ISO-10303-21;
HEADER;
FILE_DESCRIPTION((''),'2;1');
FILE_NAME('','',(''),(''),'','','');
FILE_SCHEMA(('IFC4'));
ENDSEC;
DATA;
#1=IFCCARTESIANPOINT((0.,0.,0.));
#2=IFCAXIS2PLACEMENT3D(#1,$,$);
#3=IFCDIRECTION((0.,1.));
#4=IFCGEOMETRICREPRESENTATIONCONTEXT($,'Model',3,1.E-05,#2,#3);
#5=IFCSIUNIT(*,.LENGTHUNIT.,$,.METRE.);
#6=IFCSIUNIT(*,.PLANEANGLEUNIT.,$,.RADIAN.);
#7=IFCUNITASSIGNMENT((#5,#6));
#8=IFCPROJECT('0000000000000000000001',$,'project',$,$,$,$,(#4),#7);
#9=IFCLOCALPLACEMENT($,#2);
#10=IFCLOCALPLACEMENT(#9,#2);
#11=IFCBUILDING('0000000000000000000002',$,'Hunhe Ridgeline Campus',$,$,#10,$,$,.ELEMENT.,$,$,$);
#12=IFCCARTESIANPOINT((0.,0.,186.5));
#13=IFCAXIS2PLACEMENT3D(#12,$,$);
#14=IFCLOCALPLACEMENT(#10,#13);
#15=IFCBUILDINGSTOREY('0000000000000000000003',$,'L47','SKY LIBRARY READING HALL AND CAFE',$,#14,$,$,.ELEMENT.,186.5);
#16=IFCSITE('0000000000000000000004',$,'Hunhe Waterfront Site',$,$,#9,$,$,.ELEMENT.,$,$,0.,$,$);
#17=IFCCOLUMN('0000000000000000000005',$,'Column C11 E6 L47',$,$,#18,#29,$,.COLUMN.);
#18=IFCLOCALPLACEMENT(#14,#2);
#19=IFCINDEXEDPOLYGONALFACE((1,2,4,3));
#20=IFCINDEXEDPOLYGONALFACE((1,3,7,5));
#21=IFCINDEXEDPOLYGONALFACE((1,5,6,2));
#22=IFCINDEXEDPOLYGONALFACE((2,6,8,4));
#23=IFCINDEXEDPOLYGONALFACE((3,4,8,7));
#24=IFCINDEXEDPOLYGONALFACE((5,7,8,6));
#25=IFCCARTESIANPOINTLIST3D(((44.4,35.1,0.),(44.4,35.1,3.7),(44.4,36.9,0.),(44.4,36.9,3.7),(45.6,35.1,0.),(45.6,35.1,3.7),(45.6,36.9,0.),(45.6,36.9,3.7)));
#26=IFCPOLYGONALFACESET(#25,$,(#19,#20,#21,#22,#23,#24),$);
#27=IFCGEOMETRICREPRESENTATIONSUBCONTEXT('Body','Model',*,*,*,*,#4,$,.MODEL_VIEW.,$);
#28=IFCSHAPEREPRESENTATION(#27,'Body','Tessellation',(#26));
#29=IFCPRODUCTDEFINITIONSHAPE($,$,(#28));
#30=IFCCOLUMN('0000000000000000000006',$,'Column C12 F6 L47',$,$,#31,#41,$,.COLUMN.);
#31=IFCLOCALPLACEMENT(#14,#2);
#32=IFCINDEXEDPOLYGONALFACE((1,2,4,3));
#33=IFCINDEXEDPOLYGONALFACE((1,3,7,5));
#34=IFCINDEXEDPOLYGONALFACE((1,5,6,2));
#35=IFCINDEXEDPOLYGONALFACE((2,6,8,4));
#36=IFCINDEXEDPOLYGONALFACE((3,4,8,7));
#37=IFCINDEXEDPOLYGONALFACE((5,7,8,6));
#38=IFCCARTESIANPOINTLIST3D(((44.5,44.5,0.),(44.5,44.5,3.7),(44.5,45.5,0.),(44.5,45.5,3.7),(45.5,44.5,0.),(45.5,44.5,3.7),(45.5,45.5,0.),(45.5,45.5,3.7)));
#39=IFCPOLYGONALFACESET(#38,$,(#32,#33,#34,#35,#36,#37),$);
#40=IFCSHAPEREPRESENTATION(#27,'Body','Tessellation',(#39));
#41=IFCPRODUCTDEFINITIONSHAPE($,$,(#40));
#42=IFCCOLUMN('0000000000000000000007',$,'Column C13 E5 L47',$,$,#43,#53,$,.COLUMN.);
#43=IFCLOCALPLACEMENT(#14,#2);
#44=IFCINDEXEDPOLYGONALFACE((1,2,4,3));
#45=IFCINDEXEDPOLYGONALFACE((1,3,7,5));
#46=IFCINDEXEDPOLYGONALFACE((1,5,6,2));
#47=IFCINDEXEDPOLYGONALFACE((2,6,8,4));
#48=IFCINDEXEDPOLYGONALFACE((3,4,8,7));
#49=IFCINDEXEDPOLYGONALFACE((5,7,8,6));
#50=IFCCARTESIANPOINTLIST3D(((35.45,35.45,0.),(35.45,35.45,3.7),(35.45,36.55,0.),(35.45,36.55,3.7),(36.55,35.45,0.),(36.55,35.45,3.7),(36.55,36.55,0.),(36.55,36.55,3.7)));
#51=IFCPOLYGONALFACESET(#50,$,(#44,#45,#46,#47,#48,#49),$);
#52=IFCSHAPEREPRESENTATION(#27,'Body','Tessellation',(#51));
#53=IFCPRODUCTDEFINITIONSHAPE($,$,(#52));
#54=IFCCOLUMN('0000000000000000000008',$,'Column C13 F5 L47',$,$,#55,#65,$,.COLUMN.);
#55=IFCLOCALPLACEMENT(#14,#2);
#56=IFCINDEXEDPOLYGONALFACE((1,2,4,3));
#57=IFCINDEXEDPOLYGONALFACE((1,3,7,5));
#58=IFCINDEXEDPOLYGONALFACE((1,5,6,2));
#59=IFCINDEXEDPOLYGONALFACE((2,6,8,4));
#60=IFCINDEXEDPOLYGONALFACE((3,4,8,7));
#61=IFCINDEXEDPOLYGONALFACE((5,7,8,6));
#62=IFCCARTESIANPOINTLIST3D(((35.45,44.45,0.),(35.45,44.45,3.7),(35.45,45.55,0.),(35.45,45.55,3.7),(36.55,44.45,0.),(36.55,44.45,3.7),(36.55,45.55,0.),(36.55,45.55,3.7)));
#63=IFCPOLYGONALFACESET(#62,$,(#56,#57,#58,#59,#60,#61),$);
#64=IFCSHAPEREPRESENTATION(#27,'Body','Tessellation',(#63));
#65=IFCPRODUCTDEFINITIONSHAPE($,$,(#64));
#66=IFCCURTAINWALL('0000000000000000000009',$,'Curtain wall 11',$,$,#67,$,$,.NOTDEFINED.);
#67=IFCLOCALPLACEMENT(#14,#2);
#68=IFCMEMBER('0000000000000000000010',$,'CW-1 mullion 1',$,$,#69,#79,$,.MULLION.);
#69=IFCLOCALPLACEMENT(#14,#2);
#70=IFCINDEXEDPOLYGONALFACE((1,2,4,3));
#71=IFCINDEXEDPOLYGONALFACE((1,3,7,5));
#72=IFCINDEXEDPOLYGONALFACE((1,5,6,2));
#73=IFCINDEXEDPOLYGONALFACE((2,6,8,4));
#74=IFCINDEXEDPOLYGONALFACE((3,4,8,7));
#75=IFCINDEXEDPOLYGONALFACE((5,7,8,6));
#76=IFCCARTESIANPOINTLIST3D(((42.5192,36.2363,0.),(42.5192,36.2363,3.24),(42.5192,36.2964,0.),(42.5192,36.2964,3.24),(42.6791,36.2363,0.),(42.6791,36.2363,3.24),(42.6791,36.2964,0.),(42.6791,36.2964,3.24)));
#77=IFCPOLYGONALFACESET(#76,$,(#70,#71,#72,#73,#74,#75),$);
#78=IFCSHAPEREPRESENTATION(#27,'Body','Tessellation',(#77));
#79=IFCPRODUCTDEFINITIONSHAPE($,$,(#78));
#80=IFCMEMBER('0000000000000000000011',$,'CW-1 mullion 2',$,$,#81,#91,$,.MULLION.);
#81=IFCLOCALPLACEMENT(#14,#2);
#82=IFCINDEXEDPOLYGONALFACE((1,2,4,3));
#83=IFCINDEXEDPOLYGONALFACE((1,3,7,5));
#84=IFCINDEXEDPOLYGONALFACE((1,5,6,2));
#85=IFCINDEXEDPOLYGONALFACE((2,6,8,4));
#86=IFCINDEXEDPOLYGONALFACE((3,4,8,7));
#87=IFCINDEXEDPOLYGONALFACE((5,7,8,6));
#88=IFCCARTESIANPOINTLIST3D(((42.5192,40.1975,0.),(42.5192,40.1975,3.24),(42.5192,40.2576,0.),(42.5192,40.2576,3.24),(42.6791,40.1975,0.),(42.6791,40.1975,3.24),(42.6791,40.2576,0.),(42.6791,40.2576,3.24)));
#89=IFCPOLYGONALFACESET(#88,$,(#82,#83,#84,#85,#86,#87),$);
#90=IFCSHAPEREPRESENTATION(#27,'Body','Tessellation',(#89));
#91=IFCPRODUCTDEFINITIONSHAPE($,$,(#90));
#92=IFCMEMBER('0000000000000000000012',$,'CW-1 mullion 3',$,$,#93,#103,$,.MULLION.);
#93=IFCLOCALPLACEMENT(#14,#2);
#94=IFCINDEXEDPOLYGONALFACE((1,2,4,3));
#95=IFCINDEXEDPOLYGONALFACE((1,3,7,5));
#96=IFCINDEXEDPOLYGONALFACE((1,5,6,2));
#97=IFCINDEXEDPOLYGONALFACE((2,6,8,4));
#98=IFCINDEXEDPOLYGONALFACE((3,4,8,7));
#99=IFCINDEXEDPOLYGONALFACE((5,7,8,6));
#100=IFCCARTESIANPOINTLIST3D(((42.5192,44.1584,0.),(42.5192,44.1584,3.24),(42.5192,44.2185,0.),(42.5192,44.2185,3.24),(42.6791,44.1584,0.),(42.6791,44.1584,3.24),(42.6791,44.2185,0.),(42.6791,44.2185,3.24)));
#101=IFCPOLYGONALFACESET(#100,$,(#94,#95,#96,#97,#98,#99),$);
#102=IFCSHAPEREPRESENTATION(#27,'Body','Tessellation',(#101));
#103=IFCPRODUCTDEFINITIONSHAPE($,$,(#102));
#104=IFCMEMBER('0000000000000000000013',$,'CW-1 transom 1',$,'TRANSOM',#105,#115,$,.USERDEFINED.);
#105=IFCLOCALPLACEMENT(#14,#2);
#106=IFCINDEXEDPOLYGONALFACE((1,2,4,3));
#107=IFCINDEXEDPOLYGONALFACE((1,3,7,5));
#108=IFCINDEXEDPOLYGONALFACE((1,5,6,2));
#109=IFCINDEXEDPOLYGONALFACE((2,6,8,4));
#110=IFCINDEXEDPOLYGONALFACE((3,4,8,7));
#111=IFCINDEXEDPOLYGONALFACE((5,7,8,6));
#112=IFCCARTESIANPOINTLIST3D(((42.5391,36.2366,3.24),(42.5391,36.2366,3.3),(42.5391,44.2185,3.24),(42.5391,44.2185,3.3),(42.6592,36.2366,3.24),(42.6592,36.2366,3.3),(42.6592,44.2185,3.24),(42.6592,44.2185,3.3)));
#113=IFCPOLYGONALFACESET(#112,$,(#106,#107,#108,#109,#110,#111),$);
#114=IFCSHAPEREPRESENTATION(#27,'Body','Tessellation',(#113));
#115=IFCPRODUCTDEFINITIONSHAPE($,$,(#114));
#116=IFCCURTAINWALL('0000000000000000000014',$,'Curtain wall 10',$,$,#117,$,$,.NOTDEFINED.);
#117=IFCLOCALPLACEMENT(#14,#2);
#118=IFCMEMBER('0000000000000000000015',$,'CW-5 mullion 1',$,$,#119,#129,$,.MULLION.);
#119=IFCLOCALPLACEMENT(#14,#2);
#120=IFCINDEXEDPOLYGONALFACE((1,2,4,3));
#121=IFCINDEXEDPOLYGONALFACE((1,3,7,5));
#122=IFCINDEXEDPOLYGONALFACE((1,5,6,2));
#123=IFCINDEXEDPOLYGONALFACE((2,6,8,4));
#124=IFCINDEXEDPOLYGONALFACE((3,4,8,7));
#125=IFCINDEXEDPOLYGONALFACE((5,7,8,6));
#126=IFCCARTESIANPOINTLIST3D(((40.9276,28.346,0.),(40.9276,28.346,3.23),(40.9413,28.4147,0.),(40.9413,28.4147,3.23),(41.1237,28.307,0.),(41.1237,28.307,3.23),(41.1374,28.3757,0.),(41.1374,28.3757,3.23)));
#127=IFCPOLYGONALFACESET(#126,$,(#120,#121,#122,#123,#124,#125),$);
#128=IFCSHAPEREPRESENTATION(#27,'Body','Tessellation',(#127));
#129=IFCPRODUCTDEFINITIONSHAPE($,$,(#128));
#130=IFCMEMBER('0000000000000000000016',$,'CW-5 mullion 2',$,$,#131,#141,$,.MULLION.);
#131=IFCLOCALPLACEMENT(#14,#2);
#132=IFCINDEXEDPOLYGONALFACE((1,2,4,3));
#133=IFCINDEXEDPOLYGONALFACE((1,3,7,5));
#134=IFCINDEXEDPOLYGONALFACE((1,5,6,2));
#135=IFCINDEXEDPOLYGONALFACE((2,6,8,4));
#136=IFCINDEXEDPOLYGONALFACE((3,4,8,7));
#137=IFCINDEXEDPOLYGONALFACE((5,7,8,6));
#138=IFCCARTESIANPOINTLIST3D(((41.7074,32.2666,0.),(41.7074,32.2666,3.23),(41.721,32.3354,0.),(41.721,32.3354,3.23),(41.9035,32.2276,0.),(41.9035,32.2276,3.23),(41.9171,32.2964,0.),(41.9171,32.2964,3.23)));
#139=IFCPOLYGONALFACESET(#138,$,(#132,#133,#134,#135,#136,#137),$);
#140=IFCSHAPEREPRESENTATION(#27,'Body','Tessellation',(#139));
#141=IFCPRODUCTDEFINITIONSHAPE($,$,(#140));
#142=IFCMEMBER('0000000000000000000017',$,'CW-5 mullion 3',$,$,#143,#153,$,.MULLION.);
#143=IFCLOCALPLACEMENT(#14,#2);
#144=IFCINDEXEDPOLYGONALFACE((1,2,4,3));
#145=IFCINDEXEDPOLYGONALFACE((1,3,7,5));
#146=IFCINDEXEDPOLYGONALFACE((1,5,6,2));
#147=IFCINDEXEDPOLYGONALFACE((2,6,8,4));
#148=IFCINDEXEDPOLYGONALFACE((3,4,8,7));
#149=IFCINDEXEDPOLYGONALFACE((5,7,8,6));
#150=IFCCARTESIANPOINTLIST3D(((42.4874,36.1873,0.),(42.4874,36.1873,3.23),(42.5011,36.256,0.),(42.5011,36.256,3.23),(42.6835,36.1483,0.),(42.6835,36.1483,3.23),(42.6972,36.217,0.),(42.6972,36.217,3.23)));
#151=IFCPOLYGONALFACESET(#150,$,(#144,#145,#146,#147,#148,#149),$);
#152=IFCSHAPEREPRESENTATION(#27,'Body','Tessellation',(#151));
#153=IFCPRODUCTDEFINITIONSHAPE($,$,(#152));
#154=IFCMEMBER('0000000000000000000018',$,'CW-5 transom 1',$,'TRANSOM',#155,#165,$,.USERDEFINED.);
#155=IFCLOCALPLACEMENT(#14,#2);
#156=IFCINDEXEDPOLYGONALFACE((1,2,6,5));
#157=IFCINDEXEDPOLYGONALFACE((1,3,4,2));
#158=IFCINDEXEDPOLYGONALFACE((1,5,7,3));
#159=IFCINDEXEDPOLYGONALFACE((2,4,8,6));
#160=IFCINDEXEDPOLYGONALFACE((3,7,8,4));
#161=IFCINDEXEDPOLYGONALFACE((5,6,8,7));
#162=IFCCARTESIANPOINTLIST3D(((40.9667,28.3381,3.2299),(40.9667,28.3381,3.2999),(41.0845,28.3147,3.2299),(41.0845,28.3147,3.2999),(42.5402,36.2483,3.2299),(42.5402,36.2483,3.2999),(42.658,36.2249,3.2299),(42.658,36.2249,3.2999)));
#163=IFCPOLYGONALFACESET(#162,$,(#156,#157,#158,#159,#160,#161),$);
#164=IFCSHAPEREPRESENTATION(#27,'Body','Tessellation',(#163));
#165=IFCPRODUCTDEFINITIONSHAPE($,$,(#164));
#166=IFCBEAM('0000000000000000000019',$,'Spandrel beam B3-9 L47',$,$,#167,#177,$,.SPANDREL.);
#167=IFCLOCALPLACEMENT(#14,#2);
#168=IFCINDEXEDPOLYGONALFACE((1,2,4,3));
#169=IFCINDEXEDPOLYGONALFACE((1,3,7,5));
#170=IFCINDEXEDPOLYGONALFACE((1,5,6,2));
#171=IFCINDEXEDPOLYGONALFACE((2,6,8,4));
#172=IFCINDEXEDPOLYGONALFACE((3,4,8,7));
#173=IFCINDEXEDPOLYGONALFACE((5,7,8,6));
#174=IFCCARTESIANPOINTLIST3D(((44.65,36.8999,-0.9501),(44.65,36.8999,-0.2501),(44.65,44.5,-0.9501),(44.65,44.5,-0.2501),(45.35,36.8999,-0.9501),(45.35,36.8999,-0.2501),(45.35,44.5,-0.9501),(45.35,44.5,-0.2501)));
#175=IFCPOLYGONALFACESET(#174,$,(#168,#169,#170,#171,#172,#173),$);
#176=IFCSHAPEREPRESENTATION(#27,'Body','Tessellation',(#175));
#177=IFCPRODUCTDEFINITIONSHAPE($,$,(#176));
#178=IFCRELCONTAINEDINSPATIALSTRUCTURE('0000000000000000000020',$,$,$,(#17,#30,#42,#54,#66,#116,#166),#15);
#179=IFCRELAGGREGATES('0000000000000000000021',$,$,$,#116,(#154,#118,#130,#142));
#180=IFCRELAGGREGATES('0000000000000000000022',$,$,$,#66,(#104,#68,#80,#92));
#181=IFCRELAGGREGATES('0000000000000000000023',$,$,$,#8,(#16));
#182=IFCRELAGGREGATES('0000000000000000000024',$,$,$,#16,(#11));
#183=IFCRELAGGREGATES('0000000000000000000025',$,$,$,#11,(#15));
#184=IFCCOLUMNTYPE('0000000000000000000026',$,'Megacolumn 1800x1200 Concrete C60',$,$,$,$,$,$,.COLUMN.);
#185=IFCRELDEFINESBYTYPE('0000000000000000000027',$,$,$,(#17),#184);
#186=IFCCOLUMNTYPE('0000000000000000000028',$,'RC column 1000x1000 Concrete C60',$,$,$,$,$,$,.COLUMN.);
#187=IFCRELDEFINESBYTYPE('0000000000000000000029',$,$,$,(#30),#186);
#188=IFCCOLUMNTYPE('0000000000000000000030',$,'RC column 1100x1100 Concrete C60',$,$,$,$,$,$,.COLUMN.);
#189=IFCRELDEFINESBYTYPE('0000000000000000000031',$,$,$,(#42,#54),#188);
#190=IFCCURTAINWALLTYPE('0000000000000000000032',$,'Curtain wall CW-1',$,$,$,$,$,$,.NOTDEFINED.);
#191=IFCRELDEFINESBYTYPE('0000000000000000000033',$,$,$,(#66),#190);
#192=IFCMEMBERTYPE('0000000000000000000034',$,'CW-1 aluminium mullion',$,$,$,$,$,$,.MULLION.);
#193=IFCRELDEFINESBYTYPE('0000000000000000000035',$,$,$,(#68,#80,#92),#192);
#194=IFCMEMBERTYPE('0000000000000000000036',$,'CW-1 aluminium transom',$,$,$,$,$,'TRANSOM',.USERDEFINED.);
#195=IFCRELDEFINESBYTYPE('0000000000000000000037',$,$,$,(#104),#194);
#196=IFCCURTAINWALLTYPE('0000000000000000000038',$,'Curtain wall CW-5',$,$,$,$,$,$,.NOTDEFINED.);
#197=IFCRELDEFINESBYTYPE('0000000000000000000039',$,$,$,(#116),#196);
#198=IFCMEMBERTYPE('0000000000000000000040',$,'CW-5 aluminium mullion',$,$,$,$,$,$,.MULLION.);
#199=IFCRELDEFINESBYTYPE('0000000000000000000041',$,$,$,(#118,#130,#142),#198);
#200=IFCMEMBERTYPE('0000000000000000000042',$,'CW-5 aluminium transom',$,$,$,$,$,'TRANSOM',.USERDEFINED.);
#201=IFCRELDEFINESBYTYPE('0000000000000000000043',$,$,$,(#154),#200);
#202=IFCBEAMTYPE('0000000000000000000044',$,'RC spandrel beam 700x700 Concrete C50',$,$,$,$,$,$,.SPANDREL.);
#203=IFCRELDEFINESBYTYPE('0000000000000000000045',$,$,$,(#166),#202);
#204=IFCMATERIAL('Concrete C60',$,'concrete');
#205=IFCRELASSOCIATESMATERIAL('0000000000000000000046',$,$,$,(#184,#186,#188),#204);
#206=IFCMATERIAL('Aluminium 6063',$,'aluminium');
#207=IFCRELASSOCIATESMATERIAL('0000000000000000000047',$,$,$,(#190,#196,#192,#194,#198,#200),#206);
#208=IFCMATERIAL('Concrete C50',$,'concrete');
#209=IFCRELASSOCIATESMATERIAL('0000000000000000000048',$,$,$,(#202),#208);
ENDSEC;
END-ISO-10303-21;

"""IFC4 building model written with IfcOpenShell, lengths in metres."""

from ifc_helpers import new_model, si_unit, direction, frame, origin, origin_2d, place, context, subcontext, project, spatial, rectangle, extrude, material, material_profile, profile_set, type_object, element, aggregate, save


model = new_model("IFC4")

# Units and contexts
model_context = context("Model", 3, precision=1e-05, world=origin(), true_north=direction((0.0, 1.0)))
body_context = subcontext(model_context, "Body", "Model", "MODEL_VIEW")
ifc_project = project(units=[si_unit("LENGTHUNIT", "METRE"), si_unit("PLANEANGLEUNIT", "RADIAN")], contexts=[model_context])

# Site, building, storey
site_placement = place(None, origin())
site = spatial("IfcSite", under=ifc_project, at=site_placement, Name="Hunhe Waterfront Site", CompositionType="ELEMENT", RefElevation=0.0)
building_placement = place(site_placement, origin())
building = spatial("IfcBuilding", under=site, at=building_placement, Name="Hunhe Ridgeline Campus", CompositionType="ELEMENT")
storey_placement = place(building_placement, frame((0.0, 0.0, 186.5)))
storey = spatial("IfcBuildingStorey", under=building, at=storey_placement, Name="L47", Description="SKY LIBRARY READING HALL AND CAFE", CompositionType="ELEMENT", Elevation=186.5)

# Columns
ifc_material_1 = material(Name="Concrete C60", Category="concrete")
ifc_material_profile_1 = material_profile(ifc_material_1, rectangle(XDim=1.8, YDim=1.2, at=origin_2d()))
ifc_profile_set_1 = profile_set([ifc_material_profile_1], Name="Concrete C60")
column_type_1 = type_object("IfcColumnType", Name="Megacolumn 1800x1200 Concrete C60", PredefinedType="COLUMN", material=ifc_profile_set_1)
column_1_placement = place(storey_placement, frame((45.0, 36.0, 0.0), z_axis=(0.0, 0.0, 1.0), x_axis=(0.0, 1.0, 0.0)))
element("IfcColumn", 1, at=column_1_placement, inside=storey, type_object=column_type_1, Name="Column C11 E6 L47", PredefinedType="COLUMN", context=body_context, shape_type="SweptSolid", body=[
    extrude(rectangle(XDim=1.8, YDim=1.2, at=origin_2d()), origin(), (0.0, 0.0, 1.0), 3.7),
])
ifc_material_profile_2 = material_profile(ifc_material_1, rectangle(XDim=1.0, YDim=1.0, at=origin_2d()))
ifc_profile_set_2 = profile_set([ifc_material_profile_2], Name="Concrete C60")
column_type_2 = type_object("IfcColumnType", Name="RC column 1000x1000 Concrete C60", PredefinedType="COLUMN", material=ifc_profile_set_2)
column_2_placement = place(storey_placement, frame((45.0, 45.0, 0.0), z_axis=(0.0, 0.0, 1.0), x_axis=(1.0, 0.0, 0.0)))
element("IfcColumn", 2, at=column_2_placement, inside=storey, type_object=column_type_2, Name="Column C12 F6 L47", PredefinedType="COLUMN", context=body_context, shape_type="SweptSolid", body=[
    extrude(rectangle(XDim=1.0, YDim=1.0, at=origin_2d()), origin(), (0.0, 0.0, 1.0), 3.7),
])
ifc_material_profile_3 = material_profile(ifc_material_1, rectangle(XDim=1.1001, YDim=1.1001, at=origin_2d()))
ifc_profile_set_3 = profile_set([ifc_material_profile_3], Name="Concrete C60")
column_type_3 = type_object("IfcColumnType", Name="RC column 1100x1100 Concrete C60", PredefinedType="COLUMN", material=ifc_profile_set_3)
for number, where, z_axis, x_axis, name in (
    (3, (36.0, 36.0, 0.0), (0.0, 0.0, 1.0), (1.0, 0.0, 0.0), "Column C13 E5 L47"),
    (4, (36.0, 45.0, 0.0), (0.0, 0.0, 1.0), (1.0, 0.0, 0.0), "Column C13 F5 L47"),
):
    element("IfcColumn", number, at=place(storey_placement, frame(where, z_axis=z_axis, x_axis=x_axis)), inside=storey, type_object=column_type_3, Name=name, PredefinedType="COLUMN", context=body_context, shape_type="SweptSolid", body=[
        extrude(rectangle(XDim=1.1001, YDim=1.1001, at=origin_2d()), origin(), (0.0, 0.0, 1.0), 3.7),
    ])

# Curtain walls, members
ifc_material_2 = material(Name="Aluminium 6063", Category="aluminium")
curtain_wall_type_1 = type_object("IfcCurtainWallType", Name="Curtain wall CW-1", PredefinedType="NOTDEFINED", material=ifc_material_2)
curtain_wall_1_placement = place(storey_placement, origin())
curtain_wall_1 = element("IfcCurtainWall", 5, at=curtain_wall_1_placement, inside=storey, type_object=curtain_wall_type_1, Name="Curtain wall 11", PredefinedType="NOTDEFINED")
ifc_material_profile_4 = material_profile(ifc_material_2, rectangle(XDim=0.1599, YDim=0.0601, at=origin_2d()))
ifc_profile_set_4 = profile_set([ifc_material_profile_4], Name="Aluminium 6063")
member_type_1 = type_object("IfcMemberType", Name="CW-1 aluminium mullion", PredefinedType="MULLION", material=ifc_profile_set_4)
member_1_placement = place(storey_placement, frame((42.5991, 36.2664, 0.0), z_axis=(0.0, 0.0, 1.0), x_axis=(-1.0, 0.000007, 0.0)))
member_1 = element("IfcMember", 6, at=member_1_placement, type_object=member_type_1, Name="CW-1 mullion 1", PredefinedType="MULLION", context=body_context, shape_type="SweptSolid", body=[
    extrude(rectangle(XDim=0.1599, YDim=0.0601, at=origin_2d()), origin(), (0.0, 0.0, 1.0), 3.24),
])
member_2_placement = place(storey_placement, frame((42.5991, 40.2275, 0.0), z_axis=(0.0, 0.0, 1.0), x_axis=(-1.0, 0.000007, 0.0)))
member_2 = element("IfcMember", 7, at=member_2_placement, type_object=member_type_1, Name="CW-1 mullion 2", PredefinedType="MULLION", context=body_context, shape_type="SweptSolid", body=[
    extrude(rectangle(XDim=0.1599, YDim=0.0601, at=origin_2d()), origin(), (0.0, 0.0, 1.0), 3.24),
])
member_3_placement = place(storey_placement, frame((42.5991, 44.1885, 0.0), z_axis=(0.0, 0.0, 1.0), x_axis=(-1.0, 0.000007, 0.0)))
member_3 = element("IfcMember", 8, at=member_3_placement, type_object=member_type_1, Name="CW-1 mullion 3", PredefinedType="MULLION", context=body_context, shape_type="SweptSolid", body=[
    extrude(rectangle(XDim=0.1599, YDim=0.0601, at=origin_2d()), origin(), (0.0, 0.0, 1.0), 3.24),
])
ifc_material_profile_5 = material_profile(ifc_material_2, rectangle(XDim=0.1201, YDim=0.0601, at=origin_2d()))
ifc_profile_set_5 = profile_set([ifc_material_profile_5], Name="Aluminium 6063")
member_type_2 = type_object("IfcMemberType", Name="CW-1 aluminium transom", ElementType="TRANSOM", PredefinedType="USERDEFINED", material=ifc_profile_set_5)
member_4_placement = place(storey_placement, frame((42.5991, 36.2366, 3.27), z_axis=(0.0, 1.0, 0.0), x_axis=(-1.0, 0.0, 0.0)))
member_4 = element("IfcMember", 9, at=member_4_placement, type_object=member_type_2, Name="CW-1 transom 1", ObjectType="TRANSOM", PredefinedType="USERDEFINED", context=body_context, shape_type="SweptSolid", body=[
    extrude(rectangle(XDim=0.1201, YDim=0.0601, at=origin_2d()), origin(), (0.0, 0.0, 1.0), 7.9819),
])
curtain_wall_type_2 = type_object("IfcCurtainWallType", Name="Curtain wall CW-5", PredefinedType="NOTDEFINED", material=ifc_material_2)
curtain_wall_2_placement = place(storey_placement, origin())
curtain_wall_2 = element("IfcCurtainWall", 10, at=curtain_wall_2_placement, inside=storey, type_object=curtain_wall_type_2, Name="Curtain wall 10", PredefinedType="NOTDEFINED")
ifc_material_profile_6 = material_profile(ifc_material_2, rectangle(XDim=0.2, YDim=0.0701, at=origin_2d()))
ifc_profile_set_6 = profile_set([ifc_material_profile_6], Name="Aluminium 6063")
member_type_3 = type_object("IfcMemberType", Name="CW-5 aluminium mullion", PredefinedType="MULLION", material=ifc_profile_set_6)
member_5_placement = place(storey_placement, frame((41.0325, 28.3608, 0.0), z_axis=(0.0, 0.0, 1.0), x_axis=(-0.980785, 0.19509, 0.0)))
member_5 = element("IfcMember", 11, at=member_5_placement, type_object=member_type_3, Name="CW-5 mullion 1", PredefinedType="MULLION", context=body_context, shape_type="SweptSolid", body=[
    extrude(rectangle(XDim=0.2, YDim=0.0701, at=origin_2d()), origin(), (0.0, 0.0, 1.0), 3.23),
])
member_6_placement = place(storey_placement, frame((41.8123, 32.2815, 0.0), z_axis=(0.0, 0.0, 1.0), x_axis=(-0.980785, 0.19509, 0.0)))
member_6 = element("IfcMember", 12, at=member_6_placement, type_object=member_type_3, Name="CW-5 mullion 2", PredefinedType="MULLION", context=body_context, shape_type="SweptSolid", body=[
    extrude(rectangle(XDim=0.2, YDim=0.0701, at=origin_2d()), origin(), (0.0, 0.0, 1.0), 3.23),
])
member_7_placement = place(storey_placement, frame((42.5923, 36.2021, 0.0), z_axis=(0.0, 0.0, 1.0), x_axis=(-0.980785, 0.19509, 0.0)))
member_7 = element("IfcMember", 13, at=member_7_placement, type_object=member_type_3, Name="CW-5 mullion 3", PredefinedType="MULLION", context=body_context, shape_type="SweptSolid", body=[
    extrude(rectangle(XDim=0.2, YDim=0.0701, at=origin_2d()), origin(), (0.0, 0.0, 1.0), 3.23),
])
ifc_material_profile_7 = material_profile(ifc_material_2, rectangle(XDim=0.1201, YDim=0.0701, at=origin_2d()))
ifc_profile_set_7 = profile_set([ifc_material_profile_7], Name="Aluminium 6063")
member_type_4 = type_object("IfcMemberType", Name="CW-5 aluminium transom", ElementType="TRANSOM", PredefinedType="USERDEFINED", material=ifc_profile_set_7)
member_8_placement = place(storey_placement, frame((41.0256, 28.3264, 3.2649), z_axis=(0.195097, 0.980784, 0.0), x_axis=(-0.980784, 0.195097, 0.0)))
member_8 = element("IfcMember", 14, at=member_8_placement, type_object=member_type_4, Name="CW-5 transom 1", ObjectType="TRANSOM", PredefinedType="USERDEFINED", context=body_context, shape_type="SweptSolid", body=[
    extrude(rectangle(XDim=0.1201, YDim=0.0701, at=origin_2d()), origin(), (0.0, 0.0, 1.0), 8.0652),
])

# Beam
ifc_material_3 = material(Name="Concrete C50", Category="concrete")
ifc_material_profile_8 = material_profile(ifc_material_3, rectangle(XDim=0.7, YDim=0.7, at=origin_2d()))
ifc_profile_set_8 = profile_set([ifc_material_profile_8], Name="Concrete C50")
beam_type = type_object("IfcBeamType", Name="RC spandrel beam 700x700 Concrete C50", PredefinedType="SPANDREL", material=ifc_profile_set_8)
beam_placement = place(storey_placement, frame((45.0, 36.8999, -0.6001), z_axis=(0.0, 1.0, 0.0), x_axis=(-1.0, 0.0, 0.0)))
element("IfcBeam", 15, at=beam_placement, inside=storey, type_object=beam_type, Name="Spandrel beam B3-9 L47", PredefinedType="SPANDREL", context=body_context, shape_type="SweptSolid", body=[
    extrude(rectangle(XDim=0.7, YDim=0.7, at=origin_2d()), origin(), (0.0, 0.0, 1.0), 7.6001),
])

aggregate(curtain_wall_2, [member_8, member_5, member_6, member_7])
aggregate(curtain_wall_1, [member_4, member_1, member_2, member_3])

save(model, "model.ifc")
